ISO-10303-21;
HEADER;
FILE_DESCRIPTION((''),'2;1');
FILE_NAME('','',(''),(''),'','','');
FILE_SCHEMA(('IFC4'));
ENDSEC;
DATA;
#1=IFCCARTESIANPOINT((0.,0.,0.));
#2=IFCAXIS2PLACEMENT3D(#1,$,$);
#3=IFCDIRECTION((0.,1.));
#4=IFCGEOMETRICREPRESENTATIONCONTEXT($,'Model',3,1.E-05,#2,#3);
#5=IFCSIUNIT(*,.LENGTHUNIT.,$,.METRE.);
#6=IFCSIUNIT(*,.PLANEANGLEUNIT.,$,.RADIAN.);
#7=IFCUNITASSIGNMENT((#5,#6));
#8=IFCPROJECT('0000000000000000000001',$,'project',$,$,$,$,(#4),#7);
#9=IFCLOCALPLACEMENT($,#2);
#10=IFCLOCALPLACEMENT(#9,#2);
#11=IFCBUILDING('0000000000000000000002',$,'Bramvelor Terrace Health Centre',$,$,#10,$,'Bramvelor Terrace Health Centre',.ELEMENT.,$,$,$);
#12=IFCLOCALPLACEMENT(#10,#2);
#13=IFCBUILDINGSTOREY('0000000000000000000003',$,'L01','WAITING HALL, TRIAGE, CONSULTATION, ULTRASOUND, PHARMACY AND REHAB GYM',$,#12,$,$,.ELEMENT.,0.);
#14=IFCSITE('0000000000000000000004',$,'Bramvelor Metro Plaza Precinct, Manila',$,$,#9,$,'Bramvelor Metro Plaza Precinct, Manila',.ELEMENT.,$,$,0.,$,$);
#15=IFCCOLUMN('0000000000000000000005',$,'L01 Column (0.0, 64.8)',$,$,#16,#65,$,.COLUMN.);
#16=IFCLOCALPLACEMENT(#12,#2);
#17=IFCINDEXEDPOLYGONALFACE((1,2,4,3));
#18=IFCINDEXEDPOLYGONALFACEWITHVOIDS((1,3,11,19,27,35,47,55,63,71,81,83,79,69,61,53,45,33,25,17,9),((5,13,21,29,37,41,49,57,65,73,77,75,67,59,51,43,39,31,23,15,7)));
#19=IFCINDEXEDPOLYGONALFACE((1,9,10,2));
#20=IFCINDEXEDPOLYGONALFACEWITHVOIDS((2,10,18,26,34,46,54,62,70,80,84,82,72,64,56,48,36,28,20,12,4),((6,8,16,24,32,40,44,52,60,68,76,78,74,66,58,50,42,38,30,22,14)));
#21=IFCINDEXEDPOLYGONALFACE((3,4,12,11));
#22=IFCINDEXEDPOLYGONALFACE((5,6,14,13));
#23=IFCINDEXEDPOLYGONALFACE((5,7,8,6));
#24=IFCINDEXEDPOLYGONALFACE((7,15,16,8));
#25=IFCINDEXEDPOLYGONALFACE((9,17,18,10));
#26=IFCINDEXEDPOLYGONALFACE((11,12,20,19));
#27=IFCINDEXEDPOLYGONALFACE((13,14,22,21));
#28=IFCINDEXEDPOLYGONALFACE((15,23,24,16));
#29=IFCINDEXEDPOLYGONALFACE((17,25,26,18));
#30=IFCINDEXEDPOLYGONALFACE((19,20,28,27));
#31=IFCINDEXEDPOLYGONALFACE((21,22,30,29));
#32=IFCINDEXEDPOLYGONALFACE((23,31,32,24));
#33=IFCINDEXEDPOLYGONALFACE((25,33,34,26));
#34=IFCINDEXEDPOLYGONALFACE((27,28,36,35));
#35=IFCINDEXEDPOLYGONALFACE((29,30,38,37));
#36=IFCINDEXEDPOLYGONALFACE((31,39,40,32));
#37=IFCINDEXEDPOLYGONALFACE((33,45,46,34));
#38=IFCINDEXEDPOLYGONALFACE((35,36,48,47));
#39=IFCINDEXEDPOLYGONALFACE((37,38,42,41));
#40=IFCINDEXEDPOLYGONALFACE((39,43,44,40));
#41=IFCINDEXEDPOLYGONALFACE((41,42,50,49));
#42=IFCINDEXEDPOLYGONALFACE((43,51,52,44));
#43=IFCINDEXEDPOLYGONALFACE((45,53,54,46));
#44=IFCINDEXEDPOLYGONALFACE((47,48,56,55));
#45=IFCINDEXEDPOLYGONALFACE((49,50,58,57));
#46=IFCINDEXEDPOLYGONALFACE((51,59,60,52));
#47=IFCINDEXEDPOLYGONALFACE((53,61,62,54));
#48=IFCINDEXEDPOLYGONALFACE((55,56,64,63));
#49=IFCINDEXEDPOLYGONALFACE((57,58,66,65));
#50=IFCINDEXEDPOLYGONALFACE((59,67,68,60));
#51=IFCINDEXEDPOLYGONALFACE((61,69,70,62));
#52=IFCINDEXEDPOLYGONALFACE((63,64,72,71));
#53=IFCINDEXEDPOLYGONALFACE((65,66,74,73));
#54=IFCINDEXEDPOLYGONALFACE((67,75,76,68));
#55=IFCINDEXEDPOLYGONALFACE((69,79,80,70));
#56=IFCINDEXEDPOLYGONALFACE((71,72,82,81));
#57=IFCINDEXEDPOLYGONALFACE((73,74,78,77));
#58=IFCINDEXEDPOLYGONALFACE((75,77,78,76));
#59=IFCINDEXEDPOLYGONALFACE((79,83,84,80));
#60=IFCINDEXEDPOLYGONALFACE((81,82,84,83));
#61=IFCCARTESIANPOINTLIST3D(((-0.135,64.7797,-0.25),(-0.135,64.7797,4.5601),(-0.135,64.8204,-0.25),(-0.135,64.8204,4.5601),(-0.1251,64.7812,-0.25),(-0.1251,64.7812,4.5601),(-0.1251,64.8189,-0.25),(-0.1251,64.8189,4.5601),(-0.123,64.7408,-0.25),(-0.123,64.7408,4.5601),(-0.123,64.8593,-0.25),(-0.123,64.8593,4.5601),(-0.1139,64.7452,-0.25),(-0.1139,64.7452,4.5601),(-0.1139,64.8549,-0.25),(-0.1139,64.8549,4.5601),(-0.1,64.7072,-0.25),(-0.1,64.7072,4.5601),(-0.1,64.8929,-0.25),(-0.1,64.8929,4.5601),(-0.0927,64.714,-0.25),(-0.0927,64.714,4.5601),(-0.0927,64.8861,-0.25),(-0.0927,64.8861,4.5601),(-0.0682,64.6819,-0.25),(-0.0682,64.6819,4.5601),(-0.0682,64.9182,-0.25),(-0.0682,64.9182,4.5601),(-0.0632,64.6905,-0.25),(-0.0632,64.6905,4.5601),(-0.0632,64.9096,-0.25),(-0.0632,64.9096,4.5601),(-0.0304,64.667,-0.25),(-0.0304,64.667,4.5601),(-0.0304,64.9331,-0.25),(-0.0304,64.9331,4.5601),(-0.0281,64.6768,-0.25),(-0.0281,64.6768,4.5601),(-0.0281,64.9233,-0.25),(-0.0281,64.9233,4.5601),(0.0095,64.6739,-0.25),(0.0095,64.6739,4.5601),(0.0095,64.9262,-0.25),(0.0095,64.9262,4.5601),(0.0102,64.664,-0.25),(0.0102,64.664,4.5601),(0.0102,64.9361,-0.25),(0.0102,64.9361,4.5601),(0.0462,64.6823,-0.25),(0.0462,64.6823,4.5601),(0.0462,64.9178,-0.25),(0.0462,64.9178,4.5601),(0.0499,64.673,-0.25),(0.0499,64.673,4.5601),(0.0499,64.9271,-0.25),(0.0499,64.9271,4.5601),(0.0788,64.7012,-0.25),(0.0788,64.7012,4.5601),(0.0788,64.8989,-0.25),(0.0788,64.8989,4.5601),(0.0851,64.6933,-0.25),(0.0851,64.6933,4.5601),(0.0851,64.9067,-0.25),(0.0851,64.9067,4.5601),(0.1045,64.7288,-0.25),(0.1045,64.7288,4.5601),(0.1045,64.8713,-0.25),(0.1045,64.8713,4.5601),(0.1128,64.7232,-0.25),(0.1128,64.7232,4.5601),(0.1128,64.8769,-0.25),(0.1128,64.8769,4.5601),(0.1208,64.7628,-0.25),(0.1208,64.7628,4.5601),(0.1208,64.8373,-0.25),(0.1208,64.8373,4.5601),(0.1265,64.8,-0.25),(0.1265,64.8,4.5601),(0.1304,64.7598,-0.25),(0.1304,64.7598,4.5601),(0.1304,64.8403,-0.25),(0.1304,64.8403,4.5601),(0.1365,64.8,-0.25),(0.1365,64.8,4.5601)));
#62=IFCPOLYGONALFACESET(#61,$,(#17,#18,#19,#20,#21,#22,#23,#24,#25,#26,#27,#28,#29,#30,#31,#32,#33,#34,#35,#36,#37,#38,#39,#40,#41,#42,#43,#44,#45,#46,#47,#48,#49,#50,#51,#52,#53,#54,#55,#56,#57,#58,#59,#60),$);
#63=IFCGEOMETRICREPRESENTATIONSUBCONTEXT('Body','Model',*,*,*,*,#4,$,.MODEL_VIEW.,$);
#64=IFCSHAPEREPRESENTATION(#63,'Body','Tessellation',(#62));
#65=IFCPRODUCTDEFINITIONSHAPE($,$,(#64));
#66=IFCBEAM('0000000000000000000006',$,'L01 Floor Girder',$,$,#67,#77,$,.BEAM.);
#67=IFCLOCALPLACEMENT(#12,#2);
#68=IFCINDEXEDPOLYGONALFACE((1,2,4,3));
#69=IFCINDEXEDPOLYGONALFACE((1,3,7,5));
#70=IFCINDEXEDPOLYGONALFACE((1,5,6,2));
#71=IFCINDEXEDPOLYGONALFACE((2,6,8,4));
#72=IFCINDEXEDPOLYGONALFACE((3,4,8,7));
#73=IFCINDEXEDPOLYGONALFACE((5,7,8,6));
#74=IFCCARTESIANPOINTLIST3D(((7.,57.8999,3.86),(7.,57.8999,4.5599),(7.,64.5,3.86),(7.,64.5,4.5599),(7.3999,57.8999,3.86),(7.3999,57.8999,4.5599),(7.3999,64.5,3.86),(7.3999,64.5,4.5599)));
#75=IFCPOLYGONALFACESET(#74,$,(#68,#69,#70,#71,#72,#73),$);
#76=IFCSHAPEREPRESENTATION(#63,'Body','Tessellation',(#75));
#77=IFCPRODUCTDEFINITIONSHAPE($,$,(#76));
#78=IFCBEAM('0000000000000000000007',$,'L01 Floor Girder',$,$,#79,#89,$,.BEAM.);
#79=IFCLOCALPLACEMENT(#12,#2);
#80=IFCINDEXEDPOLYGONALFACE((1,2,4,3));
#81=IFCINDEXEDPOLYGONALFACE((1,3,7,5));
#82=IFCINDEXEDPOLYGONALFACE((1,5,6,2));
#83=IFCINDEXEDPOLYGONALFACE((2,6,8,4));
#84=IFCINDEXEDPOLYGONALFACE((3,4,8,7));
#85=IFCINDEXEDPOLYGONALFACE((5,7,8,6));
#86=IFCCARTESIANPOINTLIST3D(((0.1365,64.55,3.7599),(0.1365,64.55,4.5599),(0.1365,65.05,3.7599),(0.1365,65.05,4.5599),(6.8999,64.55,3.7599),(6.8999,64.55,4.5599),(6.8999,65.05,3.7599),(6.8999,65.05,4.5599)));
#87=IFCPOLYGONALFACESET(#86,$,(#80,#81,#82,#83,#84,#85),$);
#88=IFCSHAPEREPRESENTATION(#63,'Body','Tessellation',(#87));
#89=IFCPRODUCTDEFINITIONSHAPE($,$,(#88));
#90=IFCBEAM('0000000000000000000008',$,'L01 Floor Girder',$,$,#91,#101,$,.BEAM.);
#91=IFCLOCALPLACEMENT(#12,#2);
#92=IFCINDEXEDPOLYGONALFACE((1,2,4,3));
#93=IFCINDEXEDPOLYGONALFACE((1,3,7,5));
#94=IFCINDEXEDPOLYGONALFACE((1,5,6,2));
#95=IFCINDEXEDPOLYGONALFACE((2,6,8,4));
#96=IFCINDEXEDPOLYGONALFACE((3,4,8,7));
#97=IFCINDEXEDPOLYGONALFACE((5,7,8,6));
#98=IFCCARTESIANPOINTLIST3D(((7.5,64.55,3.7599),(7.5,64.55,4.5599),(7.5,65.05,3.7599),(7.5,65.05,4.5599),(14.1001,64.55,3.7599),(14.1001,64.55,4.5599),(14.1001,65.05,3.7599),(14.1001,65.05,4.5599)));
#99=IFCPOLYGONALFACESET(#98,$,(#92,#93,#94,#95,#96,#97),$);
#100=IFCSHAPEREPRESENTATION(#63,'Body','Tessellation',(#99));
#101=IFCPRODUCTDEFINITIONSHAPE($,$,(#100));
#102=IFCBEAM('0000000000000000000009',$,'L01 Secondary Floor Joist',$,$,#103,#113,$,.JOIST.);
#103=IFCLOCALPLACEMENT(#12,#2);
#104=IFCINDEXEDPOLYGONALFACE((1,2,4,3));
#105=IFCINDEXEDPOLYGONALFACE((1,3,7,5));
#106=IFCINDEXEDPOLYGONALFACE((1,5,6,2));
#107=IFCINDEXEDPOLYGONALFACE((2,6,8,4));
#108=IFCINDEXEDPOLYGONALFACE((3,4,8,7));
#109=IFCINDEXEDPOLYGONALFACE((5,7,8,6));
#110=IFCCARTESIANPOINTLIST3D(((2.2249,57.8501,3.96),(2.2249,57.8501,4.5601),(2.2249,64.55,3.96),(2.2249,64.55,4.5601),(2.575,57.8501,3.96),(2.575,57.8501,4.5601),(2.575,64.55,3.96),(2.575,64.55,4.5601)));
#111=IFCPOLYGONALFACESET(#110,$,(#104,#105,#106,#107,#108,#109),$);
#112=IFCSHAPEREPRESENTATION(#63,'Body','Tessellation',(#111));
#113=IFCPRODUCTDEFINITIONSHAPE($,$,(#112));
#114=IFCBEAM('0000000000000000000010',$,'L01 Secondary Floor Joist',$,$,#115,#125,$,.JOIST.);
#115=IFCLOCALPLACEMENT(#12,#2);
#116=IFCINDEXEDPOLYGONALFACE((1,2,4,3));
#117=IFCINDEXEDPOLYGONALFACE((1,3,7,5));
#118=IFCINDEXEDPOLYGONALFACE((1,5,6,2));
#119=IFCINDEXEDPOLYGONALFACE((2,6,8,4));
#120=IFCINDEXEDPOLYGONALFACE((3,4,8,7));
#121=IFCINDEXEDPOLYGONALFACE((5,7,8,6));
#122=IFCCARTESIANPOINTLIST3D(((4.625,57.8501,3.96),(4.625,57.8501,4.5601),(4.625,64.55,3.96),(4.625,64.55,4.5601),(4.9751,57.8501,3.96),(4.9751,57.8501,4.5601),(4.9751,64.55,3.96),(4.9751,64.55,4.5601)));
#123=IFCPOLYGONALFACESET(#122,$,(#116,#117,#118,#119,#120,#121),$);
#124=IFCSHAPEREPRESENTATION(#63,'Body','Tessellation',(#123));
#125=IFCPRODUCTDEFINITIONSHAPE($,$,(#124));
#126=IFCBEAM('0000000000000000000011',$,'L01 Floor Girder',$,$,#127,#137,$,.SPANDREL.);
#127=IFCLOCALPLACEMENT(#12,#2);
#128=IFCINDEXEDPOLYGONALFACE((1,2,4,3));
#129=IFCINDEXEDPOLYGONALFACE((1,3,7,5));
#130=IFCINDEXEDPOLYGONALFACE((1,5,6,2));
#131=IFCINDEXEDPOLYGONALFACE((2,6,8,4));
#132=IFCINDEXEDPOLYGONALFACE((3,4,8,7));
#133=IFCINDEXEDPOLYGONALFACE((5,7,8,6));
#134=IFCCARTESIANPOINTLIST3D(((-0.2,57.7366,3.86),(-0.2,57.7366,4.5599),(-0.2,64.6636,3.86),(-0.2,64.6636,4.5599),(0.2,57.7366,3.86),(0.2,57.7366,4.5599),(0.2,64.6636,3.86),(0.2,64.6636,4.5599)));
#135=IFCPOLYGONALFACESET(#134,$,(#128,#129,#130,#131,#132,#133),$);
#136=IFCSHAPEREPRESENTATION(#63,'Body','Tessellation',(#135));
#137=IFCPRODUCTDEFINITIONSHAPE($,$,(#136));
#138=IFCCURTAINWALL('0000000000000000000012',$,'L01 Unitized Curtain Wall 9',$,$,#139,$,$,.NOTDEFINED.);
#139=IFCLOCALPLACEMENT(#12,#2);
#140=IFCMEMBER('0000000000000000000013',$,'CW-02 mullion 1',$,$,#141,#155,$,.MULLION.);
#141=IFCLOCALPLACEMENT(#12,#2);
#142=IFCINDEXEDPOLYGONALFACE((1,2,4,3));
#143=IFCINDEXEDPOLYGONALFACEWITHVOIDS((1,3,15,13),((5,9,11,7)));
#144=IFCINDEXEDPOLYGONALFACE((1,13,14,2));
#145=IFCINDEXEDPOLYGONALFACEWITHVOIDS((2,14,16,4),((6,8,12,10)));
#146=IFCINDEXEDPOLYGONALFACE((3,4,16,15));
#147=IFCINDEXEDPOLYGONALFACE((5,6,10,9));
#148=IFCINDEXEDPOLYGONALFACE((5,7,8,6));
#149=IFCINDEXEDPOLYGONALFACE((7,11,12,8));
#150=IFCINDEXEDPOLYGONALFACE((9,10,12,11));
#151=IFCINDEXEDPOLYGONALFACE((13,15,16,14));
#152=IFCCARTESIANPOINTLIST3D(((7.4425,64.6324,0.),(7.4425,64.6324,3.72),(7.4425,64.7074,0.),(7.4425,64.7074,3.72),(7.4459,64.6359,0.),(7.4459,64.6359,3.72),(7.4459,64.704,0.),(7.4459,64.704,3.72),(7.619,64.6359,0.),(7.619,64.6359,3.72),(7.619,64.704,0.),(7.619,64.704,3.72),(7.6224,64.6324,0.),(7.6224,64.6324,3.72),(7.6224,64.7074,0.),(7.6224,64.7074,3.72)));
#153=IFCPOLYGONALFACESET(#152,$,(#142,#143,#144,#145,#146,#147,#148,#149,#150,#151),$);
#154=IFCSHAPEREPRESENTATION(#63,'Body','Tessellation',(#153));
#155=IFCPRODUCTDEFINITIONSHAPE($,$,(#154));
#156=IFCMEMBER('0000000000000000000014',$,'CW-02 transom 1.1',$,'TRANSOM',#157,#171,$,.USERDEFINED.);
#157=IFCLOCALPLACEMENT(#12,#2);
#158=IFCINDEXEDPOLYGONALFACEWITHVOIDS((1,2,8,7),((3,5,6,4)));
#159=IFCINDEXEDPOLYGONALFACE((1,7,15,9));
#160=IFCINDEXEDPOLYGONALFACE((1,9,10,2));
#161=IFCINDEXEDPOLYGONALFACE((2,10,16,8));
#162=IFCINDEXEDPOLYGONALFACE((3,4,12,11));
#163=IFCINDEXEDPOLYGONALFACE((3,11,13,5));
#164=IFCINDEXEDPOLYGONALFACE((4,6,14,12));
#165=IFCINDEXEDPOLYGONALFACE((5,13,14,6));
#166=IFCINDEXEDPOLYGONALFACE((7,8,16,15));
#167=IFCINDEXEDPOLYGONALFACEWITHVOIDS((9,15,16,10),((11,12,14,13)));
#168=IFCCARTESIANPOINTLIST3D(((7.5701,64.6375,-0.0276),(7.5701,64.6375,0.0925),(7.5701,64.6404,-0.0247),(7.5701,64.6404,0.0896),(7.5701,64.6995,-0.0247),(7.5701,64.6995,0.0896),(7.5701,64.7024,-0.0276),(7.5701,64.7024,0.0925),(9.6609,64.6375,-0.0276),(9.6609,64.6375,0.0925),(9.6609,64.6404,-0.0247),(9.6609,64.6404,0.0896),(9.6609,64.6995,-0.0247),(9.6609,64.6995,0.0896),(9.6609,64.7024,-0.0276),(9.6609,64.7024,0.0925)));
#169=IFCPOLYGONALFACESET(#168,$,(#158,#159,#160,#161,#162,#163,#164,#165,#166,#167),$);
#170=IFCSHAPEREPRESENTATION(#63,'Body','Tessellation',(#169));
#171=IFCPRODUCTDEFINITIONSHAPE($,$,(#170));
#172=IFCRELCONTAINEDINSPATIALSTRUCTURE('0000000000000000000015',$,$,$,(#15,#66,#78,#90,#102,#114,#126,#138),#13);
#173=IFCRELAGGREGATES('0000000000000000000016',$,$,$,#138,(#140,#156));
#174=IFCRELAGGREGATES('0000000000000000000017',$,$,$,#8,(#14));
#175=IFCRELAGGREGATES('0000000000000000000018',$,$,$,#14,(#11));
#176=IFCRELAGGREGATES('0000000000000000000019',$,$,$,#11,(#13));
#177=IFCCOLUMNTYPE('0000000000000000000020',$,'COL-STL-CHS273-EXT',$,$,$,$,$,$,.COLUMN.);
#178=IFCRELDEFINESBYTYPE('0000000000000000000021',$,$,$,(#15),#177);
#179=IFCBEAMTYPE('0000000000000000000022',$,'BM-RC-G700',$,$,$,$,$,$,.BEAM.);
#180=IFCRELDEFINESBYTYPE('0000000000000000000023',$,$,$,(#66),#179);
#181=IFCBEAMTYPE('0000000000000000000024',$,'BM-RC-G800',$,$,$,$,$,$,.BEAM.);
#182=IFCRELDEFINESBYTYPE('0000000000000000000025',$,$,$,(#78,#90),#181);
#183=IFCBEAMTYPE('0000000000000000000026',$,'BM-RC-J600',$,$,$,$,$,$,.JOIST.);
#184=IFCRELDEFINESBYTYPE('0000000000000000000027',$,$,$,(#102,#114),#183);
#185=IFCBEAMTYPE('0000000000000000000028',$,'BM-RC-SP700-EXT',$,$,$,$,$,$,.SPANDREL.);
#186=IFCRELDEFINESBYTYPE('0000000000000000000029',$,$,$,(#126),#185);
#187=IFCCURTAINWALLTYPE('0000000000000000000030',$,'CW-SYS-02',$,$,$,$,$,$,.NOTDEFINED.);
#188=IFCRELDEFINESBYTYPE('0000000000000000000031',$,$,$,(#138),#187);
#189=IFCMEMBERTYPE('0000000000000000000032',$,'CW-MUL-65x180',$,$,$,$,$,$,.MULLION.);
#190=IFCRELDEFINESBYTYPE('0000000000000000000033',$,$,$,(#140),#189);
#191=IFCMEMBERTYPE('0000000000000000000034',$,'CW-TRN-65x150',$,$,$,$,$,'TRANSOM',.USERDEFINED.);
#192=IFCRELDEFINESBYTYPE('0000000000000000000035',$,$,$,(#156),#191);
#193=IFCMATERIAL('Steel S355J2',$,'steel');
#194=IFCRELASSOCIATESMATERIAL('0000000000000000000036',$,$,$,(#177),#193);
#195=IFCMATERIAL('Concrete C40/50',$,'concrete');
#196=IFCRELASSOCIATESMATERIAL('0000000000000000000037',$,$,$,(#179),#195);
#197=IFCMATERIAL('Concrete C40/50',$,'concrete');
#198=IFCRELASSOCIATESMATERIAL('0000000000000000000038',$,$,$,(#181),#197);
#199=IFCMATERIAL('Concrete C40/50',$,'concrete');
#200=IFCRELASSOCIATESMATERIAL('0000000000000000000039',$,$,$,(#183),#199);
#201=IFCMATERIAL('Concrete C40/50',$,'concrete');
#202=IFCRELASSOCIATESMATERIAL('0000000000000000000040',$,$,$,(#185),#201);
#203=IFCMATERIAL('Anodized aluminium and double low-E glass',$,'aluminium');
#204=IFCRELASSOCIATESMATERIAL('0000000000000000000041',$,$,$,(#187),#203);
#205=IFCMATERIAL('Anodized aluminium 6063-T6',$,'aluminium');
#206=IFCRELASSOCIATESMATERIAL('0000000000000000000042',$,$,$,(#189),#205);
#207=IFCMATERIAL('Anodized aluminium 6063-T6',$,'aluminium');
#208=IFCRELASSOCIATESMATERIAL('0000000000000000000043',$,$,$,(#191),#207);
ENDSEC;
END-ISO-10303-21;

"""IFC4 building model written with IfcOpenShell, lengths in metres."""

from ifc_helpers import new_model, si_unit, direction, frame, origin, origin_2d, place, context, subcontext, project, spatial, rectangle, hollow_rectangle, hollow_circle, extrude, material, material_profile, profile_set, type_object, element, aggregate, save


model = new_model("IFC4")

# Units and contexts
model_context = context("Model", 3, precision=1e-05, world=origin(), true_north=direction((0.0, 1.0)))
body_context = subcontext(model_context, "Body", "Model", "MODEL_VIEW")
ifc_project = project(units=[si_unit("LENGTHUNIT", "METRE"), si_unit("PLANEANGLEUNIT", "RADIAN")], contexts=[model_context])

# Site, building, storey
site_placement = place(None, origin())
site = spatial("IfcSite", under=ifc_project, at=site_placement, Name="Bramvelor Metro Plaza Precinct, Manila", LongName="Bramvelor Metro Plaza Precinct, Manila", CompositionType="ELEMENT", RefElevation=0.0)
building_placement = place(site_placement, origin())
building = spatial("IfcBuilding", under=site, at=building_placement, Name="Bramvelor Terrace Health Centre", LongName="Bramvelor Terrace Health Centre", CompositionType="ELEMENT")
storey_placement = place(building_placement, origin())
storey = spatial("IfcBuildingStorey", under=building, at=storey_placement, Name="L01", Description="WAITING HALL, TRIAGE, CONSULTATION, ULTRASOUND, PHARMACY AND REHAB GYM", CompositionType="ELEMENT", Elevation=0.0)

# Column
ifc_material_1 = material(Name="Steel S355J2", Category="steel")
ifc_material_profile_1 = material_profile(ifc_material_1, hollow_circle(Radius=0.1365, WallThickness=0.01, at=origin_2d()), Name="CHS 273.0x10.0")
ifc_profile_set_1 = profile_set([ifc_material_profile_1], Name="Steel S355J2")
column_type_1 = type_object("IfcColumnType", Name="COL-STL-CHS273-EXT", PredefinedType="COLUMN", material=ifc_profile_set_1)
column_1_placement = place(storey_placement, frame((0.0, 64.8, -0.25), z_axis=(0.0, 0.0, 1.0), x_axis=(1.0, 0.0, 0.0)))
element("IfcColumn", 1, at=column_1_placement, inside=storey, type_object=column_type_1, Name="L01 Column (0.0, 64.8)", PredefinedType="COLUMN", context=body_context, shape_type="SweptSolid", body=[
    extrude(hollow_circle(Radius=0.1365, WallThickness=0.01, at=origin_2d()), origin(), (0.0, 0.0, 1.0), 4.8101),
])

# Beams
ifc_material_2 = material(Name="Concrete C40/50", Category="concrete")
ifc_material_profile_2 = material_profile(ifc_material_2, rectangle(XDim=0.3999, YDim=0.7, at=origin_2d()), Name="RC 400x700")
ifc_profile_set_2 = profile_set([ifc_material_profile_2], Name="Concrete C40/50")
beam_type_1 = type_object("IfcBeamType", Name="BM-RC-G700", PredefinedType="BEAM", material=ifc_profile_set_2)
beam_1_placement = place(storey_placement, frame((7.2, 57.8999, 4.21), z_axis=(0.0, 1.0, 0.0), x_axis=(-1.0, 0.0, 0.0)))
element("IfcBeam", 2, at=beam_1_placement, inside=storey, type_object=beam_type_1, Name="L01 Floor Girder", PredefinedType="BEAM", context=body_context, shape_type="SweptSolid", body=[
    extrude(rectangle(XDim=0.3999, YDim=0.7, at=origin_2d()), origin(), (0.0, 0.0, 1.0), 6.6001),
])
ifc_material_3 = material(Name="Concrete C40/50", Category="concrete")
ifc_material_profile_3 = material_profile(ifc_material_3, rectangle(XDim=0.5, YDim=0.8, at=origin_2d()), Name="RC 500x800")
ifc_profile_set_3 = profile_set([ifc_material_profile_3], Name="Concrete C40/50")
beam_type_2 = type_object("IfcBeamType", Name="BM-RC-G800", PredefinedType="BEAM", material=ifc_profile_set_3)
beam_2_placement = place(storey_placement, frame((0.1365, 64.8, 4.1599), z_axis=(1.0, 0.0, 0.0), x_axis=(0.0, 1.0, 0.0)))
element("IfcBeam", 3, at=beam_2_placement, inside=storey, type_object=beam_type_2, Name="L01 Floor Girder", PredefinedType="BEAM", context=body_context, shape_type="SweptSolid", body=[
    extrude(rectangle(XDim=0.5, YDim=0.8, at=origin_2d()), origin(), (0.0, 0.0, 1.0), 6.7634),
])
beam_3_placement = place(storey_placement, frame((7.5, 64.8, 4.1599), z_axis=(1.0, 0.0, 0.0), x_axis=(0.0, 1.0, 0.0)))
element("IfcBeam", 4, at=beam_3_placement, inside=storey, type_object=beam_type_2, Name="L01 Floor Girder", PredefinedType="BEAM", context=body_context, shape_type="SweptSolid", body=[
    extrude(rectangle(XDim=0.5, YDim=0.8, at=origin_2d()), origin(), (0.0, 0.0, 1.0), 6.6001),
])
ifc_material_4 = material(Name="Concrete C40/50", Category="concrete")
ifc_material_profile_4 = material_profile(ifc_material_4, rectangle(XDim=0.3501, YDim=0.6001, at=origin_2d()), Name="RC 350x600")
ifc_profile_set_4 = profile_set([ifc_material_profile_4], Name="Concrete C40/50")
beam_type_3 = type_object("IfcBeamType", Name="BM-RC-J600", PredefinedType="JOIST", material=ifc_profile_set_4)
for number, where, z_axis, x_axis, name in (
    (5, (2.3999, 57.8501, 4.26), (0.0, 1.0, 0.0), (-1.0, 0.0, 0.0), "L01 Secondary Floor Joist"),
    (6, (4.8, 57.8501, 4.26), (0.0, 1.0, 0.0), (-1.0, 0.0, 0.0), "L01 Secondary Floor Joist"),
):
    element("IfcBeam", number, at=place(storey_placement, frame(where, z_axis=z_axis, x_axis=x_axis)), inside=storey, type_object=beam_type_3, Name=name, PredefinedType="JOIST", context=body_context, shape_type="SweptSolid", body=[
        extrude(rectangle(XDim=0.3501, YDim=0.6001, at=origin_2d()), origin(), (0.0, 0.0, 1.0), 6.7),
    ])
ifc_material_5 = material(Name="Concrete C40/50", Category="concrete")
ifc_material_profile_5 = material_profile(ifc_material_5, rectangle(XDim=0.3999, YDim=0.7, at=origin_2d()), Name="RC 400x700")
ifc_profile_set_5 = profile_set([ifc_material_profile_5], Name="Concrete C40/50")
beam_type_4 = type_object("IfcBeamType", Name="BM-RC-SP700-EXT", PredefinedType="SPANDREL", material=ifc_profile_set_5)
beam_4_placement = place(storey_placement, frame((0.0, 57.7366, 4.21), z_axis=(0.0, 1.0, 0.0), x_axis=(-1.0, 0.0, 0.0)))
element("IfcBeam", 7, at=beam_4_placement, inside=storey, type_object=beam_type_4, Name="L01 Floor Girder", PredefinedType="SPANDREL", context=body_context, shape_type="SweptSolid", body=[
    extrude(rectangle(XDim=0.3999, YDim=0.7, at=origin_2d()), origin(), (0.0, 0.0, 1.0), 6.927),
])

# Curtain wall, members
ifc_material_6 = material(Name="Anodized aluminium and double low-E glass", Category="aluminium")
curtain_wall_type = type_object("IfcCurtainWallType", Name="CW-SYS-02", PredefinedType="NOTDEFINED", material=ifc_material_6)
curtain_wall_placement = place(storey_placement, origin())
curtain_wall = element("IfcCurtainWall", 8, at=curtain_wall_placement, inside=storey, type_object=curtain_wall_type, Name="L01 Unitized Curtain Wall 9", PredefinedType="NOTDEFINED")
ifc_material_7 = material(Name="Anodized aluminium 6063-T6", Category="aluminium")
ifc_material_profile_6 = material_profile(ifc_material_7, hollow_rectangle(XDim=0.075, YDim=0.1799, WallThickness=0.0034, at=origin_2d()), Name="ALU-MUL 75x180x3.5")
ifc_profile_set_6 = profile_set([ifc_material_profile_6], Name="Anodized aluminium 6063-T6")
member_type_1 = type_object("IfcMemberType", Name="CW-MUL-65x180", PredefinedType="MULLION", material=ifc_profile_set_6)
member_1_placement = place(storey_placement, frame((7.5325, 64.6699, 0.0), z_axis=(0.0, 0.0, 1.0), x_axis=(0.0, 1.0, 0.0)))
member_1 = element("IfcMember", 9, at=member_1_placement, type_object=member_type_1, Name="CW-02 mullion 1", PredefinedType="MULLION", context=body_context, shape_type="SweptSolid", body=[
    extrude(hollow_rectangle(XDim=0.075, YDim=0.1799, WallThickness=0.0034, at=origin_2d()), origin(), (0.0, 0.0, 1.0), 3.72),
])
ifc_material_8 = material(Name="Anodized aluminium 6063-T6", Category="aluminium")
ifc_material_profile_7 = material_profile(ifc_material_8, hollow_rectangle(XDim=0.0649, YDim=0.1201, WallThickness=0.0029, at=origin_2d()), Name="ALU-TRN 65x120x3.0")
ifc_profile_set_7 = profile_set([ifc_material_profile_7], Name="Anodized aluminium 6063-T6")
member_type_2 = type_object("IfcMemberType", Name="CW-TRN-65x150", ElementType="TRANSOM", PredefinedType="USERDEFINED", material=ifc_profile_set_7)
member_2_placement = place(storey_placement, frame((7.5701, 64.6699, 0.0325), z_axis=(1.0, 0.0, 0.0), x_axis=(0.0, 1.0, 0.0)))
member_2 = element("IfcMember", 10, at=member_2_placement, type_object=member_type_2, Name="CW-02 transom 1.1", ObjectType="TRANSOM", PredefinedType="USERDEFINED", context=body_context, shape_type="SweptSolid", body=[
    extrude(hollow_rectangle(XDim=0.0649, YDim=0.1201, WallThickness=0.0029, at=origin_2d()), origin(), (0.0, 0.0, 1.0), 2.0908),
])
aggregate(curtain_wall, [member_1, member_2])

save(model, "model.ifc")
